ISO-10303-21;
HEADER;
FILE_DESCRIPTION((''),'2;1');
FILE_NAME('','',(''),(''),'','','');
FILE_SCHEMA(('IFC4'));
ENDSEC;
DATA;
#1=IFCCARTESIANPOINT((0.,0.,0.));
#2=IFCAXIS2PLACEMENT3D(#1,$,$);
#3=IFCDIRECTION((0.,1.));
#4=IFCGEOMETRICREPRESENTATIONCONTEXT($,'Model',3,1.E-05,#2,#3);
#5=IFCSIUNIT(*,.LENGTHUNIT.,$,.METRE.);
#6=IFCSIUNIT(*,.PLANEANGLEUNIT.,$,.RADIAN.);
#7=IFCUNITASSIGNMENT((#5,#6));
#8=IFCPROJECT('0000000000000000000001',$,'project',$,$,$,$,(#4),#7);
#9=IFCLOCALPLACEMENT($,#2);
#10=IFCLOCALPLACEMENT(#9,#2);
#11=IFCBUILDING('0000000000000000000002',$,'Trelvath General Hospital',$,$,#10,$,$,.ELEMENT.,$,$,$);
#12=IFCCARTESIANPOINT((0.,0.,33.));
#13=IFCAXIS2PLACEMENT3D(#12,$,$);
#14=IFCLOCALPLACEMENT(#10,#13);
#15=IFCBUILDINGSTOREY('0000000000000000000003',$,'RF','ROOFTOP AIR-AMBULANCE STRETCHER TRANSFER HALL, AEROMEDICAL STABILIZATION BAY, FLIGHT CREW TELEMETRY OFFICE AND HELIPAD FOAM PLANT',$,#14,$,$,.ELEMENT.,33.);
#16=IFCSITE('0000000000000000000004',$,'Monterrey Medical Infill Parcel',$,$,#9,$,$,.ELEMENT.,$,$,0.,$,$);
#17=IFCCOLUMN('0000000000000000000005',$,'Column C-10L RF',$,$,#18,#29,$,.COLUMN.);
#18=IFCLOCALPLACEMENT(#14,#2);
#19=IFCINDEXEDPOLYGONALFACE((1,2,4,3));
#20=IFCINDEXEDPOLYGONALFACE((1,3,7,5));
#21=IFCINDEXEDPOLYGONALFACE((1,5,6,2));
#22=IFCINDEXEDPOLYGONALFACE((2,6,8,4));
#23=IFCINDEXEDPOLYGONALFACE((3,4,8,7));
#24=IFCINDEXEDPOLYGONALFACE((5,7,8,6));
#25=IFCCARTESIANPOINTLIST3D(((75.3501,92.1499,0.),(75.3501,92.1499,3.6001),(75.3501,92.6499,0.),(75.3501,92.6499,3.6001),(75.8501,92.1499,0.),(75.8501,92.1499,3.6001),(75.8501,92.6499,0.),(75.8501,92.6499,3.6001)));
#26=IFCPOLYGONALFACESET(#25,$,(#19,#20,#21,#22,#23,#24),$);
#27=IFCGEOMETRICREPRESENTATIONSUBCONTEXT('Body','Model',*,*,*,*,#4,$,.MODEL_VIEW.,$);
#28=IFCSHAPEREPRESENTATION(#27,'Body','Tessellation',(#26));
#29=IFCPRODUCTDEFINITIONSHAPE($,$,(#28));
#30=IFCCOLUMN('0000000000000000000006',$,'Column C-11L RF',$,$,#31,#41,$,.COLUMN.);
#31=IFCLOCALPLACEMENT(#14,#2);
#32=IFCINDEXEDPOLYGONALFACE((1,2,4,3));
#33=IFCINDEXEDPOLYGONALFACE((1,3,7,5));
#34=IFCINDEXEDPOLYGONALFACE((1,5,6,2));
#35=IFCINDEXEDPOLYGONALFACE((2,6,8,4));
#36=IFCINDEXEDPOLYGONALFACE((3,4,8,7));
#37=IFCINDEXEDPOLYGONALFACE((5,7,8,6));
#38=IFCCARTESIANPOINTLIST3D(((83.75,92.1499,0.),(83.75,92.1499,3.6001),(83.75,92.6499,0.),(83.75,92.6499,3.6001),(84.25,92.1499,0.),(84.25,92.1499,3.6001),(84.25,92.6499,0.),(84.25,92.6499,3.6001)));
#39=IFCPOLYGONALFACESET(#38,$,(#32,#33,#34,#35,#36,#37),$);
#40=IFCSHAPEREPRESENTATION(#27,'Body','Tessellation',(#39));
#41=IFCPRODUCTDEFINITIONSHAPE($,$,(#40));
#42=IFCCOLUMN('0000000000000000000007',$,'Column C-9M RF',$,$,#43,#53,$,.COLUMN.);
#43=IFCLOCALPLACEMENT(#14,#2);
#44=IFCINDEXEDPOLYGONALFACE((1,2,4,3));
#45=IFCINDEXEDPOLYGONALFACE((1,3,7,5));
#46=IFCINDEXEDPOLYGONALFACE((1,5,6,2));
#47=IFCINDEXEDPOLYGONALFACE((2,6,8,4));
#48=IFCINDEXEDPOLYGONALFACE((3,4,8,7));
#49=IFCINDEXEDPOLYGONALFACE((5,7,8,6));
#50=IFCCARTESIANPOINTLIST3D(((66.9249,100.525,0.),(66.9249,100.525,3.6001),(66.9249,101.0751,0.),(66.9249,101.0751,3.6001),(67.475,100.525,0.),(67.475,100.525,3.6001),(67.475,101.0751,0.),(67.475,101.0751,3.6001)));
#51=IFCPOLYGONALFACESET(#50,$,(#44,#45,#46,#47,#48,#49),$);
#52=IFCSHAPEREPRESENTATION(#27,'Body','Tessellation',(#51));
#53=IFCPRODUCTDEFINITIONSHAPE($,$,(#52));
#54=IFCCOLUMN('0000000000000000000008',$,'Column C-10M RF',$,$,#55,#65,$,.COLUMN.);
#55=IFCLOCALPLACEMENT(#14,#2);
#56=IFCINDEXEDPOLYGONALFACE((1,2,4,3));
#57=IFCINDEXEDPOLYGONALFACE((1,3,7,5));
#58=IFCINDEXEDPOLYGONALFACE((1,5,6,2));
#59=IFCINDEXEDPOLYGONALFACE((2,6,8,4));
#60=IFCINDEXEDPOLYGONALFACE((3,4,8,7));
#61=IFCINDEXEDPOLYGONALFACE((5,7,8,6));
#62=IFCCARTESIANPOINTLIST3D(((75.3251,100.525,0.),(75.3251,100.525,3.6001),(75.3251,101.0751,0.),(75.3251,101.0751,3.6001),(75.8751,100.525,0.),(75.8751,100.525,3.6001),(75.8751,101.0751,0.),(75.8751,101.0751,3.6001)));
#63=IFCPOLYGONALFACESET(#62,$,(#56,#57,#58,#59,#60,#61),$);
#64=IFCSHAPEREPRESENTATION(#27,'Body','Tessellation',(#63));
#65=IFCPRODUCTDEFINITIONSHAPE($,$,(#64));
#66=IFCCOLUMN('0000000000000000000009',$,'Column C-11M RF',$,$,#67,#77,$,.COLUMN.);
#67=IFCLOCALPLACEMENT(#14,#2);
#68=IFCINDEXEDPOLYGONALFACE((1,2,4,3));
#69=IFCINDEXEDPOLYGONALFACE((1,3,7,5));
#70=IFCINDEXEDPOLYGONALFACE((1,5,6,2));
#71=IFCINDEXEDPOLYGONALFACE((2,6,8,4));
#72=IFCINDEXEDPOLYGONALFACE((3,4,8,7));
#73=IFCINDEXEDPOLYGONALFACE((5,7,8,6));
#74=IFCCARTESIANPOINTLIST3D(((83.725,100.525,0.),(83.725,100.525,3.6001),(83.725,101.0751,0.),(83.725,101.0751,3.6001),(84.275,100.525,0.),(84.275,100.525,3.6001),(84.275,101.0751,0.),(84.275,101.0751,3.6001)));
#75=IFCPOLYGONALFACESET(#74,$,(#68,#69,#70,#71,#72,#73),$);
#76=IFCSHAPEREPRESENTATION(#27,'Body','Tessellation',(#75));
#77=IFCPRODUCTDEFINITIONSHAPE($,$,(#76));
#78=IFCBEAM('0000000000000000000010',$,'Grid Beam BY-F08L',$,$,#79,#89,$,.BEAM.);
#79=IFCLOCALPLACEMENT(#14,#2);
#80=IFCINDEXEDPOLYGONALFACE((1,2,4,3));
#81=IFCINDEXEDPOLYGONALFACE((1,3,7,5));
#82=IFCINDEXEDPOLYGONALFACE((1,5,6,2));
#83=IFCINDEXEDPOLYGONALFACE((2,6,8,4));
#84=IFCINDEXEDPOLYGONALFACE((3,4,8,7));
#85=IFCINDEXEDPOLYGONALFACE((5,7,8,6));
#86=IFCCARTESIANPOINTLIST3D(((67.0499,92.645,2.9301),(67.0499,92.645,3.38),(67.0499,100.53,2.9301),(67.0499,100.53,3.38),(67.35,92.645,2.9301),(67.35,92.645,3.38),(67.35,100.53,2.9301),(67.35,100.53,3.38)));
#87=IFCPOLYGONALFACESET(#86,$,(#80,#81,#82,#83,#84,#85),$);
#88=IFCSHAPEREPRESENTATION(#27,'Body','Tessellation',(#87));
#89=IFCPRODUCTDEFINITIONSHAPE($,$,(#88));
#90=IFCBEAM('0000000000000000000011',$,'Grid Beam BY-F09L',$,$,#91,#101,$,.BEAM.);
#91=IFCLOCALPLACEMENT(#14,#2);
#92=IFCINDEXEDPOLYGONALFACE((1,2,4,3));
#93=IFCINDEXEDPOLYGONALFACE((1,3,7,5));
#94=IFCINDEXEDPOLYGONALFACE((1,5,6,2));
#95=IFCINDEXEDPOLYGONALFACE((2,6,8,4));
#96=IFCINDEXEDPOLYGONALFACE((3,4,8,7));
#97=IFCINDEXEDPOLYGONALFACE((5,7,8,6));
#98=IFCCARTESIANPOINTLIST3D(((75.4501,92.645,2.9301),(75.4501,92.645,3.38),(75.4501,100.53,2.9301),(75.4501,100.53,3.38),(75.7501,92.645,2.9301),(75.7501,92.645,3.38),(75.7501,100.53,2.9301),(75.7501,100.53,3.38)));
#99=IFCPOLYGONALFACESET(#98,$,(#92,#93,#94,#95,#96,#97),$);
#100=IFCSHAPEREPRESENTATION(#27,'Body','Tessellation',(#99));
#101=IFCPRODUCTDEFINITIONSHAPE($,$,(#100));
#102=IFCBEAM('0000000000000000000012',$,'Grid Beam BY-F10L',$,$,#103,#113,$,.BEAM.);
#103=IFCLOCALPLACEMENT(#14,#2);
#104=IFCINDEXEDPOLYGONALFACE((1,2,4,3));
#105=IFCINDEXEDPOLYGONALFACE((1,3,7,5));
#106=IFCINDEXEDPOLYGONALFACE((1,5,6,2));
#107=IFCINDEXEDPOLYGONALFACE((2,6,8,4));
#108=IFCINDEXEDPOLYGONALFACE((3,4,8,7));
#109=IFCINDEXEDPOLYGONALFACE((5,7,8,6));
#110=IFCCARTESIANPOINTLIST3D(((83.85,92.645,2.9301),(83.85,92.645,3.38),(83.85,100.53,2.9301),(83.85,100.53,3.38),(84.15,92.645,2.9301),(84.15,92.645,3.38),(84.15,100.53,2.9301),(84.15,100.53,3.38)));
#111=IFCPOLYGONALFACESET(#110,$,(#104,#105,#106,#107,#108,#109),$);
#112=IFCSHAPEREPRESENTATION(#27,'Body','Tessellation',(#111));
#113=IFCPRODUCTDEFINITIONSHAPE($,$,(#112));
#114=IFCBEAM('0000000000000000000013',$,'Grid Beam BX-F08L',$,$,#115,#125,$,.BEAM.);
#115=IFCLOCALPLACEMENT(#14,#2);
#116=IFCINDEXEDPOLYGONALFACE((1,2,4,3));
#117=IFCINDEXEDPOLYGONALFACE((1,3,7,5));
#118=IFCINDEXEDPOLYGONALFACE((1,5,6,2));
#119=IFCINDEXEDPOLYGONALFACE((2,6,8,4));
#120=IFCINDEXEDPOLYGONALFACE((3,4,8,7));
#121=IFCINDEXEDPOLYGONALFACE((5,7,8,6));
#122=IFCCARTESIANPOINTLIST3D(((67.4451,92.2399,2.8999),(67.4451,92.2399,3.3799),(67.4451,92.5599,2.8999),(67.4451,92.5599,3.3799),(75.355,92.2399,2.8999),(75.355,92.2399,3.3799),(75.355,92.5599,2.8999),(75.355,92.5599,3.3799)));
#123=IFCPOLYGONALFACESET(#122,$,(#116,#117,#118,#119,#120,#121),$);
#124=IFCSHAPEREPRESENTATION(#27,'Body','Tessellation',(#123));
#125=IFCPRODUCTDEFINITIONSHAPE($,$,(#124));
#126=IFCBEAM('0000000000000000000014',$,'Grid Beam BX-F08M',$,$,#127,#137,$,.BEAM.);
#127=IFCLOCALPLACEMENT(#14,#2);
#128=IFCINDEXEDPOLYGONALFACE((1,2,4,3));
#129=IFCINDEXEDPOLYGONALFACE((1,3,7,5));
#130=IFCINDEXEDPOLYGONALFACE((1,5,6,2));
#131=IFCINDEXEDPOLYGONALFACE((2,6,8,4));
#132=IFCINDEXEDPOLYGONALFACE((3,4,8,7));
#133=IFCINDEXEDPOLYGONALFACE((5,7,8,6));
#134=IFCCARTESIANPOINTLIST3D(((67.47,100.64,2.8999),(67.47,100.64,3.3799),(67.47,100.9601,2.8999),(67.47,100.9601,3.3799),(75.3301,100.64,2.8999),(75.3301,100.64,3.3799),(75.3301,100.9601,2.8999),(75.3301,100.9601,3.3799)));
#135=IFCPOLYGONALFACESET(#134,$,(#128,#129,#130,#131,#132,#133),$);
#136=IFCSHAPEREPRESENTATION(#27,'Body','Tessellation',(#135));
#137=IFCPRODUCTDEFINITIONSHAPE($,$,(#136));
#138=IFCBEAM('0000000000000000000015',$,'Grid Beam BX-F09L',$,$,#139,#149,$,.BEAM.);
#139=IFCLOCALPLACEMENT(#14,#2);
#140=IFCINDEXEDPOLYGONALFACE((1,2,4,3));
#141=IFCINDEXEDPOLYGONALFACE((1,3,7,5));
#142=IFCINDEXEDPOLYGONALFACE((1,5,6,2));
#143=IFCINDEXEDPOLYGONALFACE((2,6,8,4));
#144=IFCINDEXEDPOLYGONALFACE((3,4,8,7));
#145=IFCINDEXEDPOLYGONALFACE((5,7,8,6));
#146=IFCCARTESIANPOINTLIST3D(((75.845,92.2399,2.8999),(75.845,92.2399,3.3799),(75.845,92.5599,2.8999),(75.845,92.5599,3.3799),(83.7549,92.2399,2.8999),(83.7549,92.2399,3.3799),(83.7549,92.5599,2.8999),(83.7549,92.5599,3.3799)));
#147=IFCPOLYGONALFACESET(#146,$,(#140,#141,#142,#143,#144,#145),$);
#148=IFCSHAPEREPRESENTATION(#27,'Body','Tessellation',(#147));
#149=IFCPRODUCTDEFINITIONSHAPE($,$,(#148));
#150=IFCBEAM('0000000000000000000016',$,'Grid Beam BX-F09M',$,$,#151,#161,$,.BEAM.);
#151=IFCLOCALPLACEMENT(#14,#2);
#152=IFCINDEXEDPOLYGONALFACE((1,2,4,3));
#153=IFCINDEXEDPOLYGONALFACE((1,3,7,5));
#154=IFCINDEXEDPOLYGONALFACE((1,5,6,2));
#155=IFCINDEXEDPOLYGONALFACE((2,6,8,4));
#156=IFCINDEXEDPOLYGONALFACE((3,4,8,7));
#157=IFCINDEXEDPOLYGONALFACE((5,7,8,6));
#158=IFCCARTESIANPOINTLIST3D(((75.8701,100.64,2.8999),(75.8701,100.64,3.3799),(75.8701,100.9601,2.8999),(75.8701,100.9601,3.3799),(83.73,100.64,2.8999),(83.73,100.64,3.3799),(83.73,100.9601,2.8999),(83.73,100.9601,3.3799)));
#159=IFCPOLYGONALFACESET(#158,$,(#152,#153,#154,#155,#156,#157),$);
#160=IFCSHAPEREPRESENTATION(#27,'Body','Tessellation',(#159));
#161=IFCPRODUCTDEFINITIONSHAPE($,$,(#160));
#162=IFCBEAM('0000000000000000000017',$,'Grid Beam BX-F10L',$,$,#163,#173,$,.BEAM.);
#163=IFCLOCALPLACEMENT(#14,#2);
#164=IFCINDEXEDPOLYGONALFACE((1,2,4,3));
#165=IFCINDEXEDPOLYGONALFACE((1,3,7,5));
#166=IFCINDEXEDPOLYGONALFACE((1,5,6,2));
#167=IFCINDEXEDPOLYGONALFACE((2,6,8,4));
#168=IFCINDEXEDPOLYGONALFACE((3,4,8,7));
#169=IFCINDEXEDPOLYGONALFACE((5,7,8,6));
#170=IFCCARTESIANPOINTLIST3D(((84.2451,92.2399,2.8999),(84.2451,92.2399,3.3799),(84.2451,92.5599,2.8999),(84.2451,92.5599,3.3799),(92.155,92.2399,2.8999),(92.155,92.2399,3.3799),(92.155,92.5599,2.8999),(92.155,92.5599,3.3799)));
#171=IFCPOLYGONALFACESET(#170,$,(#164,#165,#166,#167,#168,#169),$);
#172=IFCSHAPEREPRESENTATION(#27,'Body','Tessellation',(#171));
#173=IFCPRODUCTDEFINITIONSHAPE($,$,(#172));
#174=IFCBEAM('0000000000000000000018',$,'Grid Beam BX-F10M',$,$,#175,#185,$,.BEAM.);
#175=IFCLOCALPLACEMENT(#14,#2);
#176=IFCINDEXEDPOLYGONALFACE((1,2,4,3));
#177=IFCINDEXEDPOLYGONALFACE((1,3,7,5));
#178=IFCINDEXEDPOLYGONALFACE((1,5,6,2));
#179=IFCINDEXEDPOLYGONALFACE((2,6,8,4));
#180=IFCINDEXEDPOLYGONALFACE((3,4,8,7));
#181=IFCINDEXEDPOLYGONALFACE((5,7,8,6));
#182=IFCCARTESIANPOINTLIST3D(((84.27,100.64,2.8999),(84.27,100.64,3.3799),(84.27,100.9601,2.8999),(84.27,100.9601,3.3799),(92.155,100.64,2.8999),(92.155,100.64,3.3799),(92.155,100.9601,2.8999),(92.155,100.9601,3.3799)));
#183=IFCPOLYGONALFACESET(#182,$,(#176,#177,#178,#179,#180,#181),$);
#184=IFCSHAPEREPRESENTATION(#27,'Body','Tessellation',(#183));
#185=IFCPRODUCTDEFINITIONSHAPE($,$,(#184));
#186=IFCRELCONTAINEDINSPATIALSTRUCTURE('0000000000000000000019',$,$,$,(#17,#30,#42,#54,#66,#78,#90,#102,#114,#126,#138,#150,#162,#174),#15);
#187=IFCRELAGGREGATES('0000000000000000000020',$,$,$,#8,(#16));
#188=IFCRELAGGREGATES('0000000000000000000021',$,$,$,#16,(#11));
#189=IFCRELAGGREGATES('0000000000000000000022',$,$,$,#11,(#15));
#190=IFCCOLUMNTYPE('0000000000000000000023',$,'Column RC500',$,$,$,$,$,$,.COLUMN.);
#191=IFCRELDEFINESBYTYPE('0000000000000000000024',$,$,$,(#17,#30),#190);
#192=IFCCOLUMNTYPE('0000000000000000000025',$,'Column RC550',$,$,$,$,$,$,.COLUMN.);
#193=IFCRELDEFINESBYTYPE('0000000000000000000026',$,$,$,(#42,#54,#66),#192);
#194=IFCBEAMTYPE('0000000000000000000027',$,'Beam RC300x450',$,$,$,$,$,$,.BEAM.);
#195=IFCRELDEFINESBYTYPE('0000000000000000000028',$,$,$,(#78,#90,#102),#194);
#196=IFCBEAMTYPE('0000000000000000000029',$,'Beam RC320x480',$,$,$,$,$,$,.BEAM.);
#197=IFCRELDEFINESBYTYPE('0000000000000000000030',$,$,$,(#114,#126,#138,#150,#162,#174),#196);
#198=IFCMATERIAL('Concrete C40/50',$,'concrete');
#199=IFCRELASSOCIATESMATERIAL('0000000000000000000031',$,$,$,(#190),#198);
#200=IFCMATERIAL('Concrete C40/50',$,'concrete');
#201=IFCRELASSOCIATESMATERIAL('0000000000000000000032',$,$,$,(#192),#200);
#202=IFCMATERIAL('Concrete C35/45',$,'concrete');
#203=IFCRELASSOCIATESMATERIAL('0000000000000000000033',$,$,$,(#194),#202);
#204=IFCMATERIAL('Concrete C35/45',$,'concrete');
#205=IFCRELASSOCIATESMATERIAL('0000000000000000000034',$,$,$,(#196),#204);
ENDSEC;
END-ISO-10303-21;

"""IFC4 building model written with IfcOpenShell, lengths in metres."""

from ifc_helpers import new_model, si_unit, direction, frame, origin, origin_2d, place, context, subcontext, project, spatial, rectangle, extrude, material, material_profile, profile_set, type_object, element, save


model = new_model("IFC4")

# Units and contexts
model_context = context("Model", 3, precision=1e-05, world=origin(), true_north=direction((0.0, 1.0)))
body_context = subcontext(model_context, "Body", "Model", "MODEL_VIEW")
ifc_project = project(units=[si_unit("LENGTHUNIT", "METRE"), si_unit("PLANEANGLEUNIT", "RADIAN")], contexts=[model_context])

# Site, building, storey
site_placement = place(None, origin())
site = spatial("IfcSite", under=ifc_project, at=site_placement, Name="Monterrey Medical Infill Parcel", CompositionType="ELEMENT", RefElevation=0.0)
building_placement = place(site_placement, origin())
building = spatial("IfcBuilding", under=site, at=building_placement, Name="Trelvath General Hospital", CompositionType="ELEMENT")
storey_placement = place(building_placement, frame((0.0, 0.0, 33.0)))
storey = spatial("IfcBuildingStorey", under=building, at=storey_placement, Name="RF", Description="ROOFTOP AIR-AMBULANCE STRETCHER TRANSFER HALL, AEROMEDICAL STABILIZATION BAY, FLIGHT CREW TELEMETRY OFFICE AND HELIPAD FOAM PLANT", CompositionType="ELEMENT", Elevation=33.0)

# Columns
ifc_material_1 = material(Name="Concrete C40/50", Category="concrete")
ifc_material_profile_1 = material_profile(ifc_material_1, rectangle(XDim=0.5, YDim=0.5, at=origin_2d()), Name="RC500x500")
ifc_profile_set_1 = profile_set([ifc_material_profile_1], Name="Concrete C40/50")
column_type_1 = type_object("IfcColumnType", Name="Column RC500", PredefinedType="COLUMN", material=ifc_profile_set_1)
for number, where, z_axis, x_axis, name in (
    (1, (75.6001, 92.3999, 0.0), (0.0, 0.0, 1.0), (1.0, 0.0, 0.0), "Column C-10L RF"),
    (2, (84.0, 92.3999, 0.0), (0.0, 0.0, 1.0), (1.0, 0.0, 0.0), "Column C-11L RF"),
):
    element("IfcColumn", number, at=place(storey_placement, frame(where, z_axis=z_axis, x_axis=x_axis)), inside=storey, type_object=column_type_1, Name=name, PredefinedType="COLUMN", context=body_context, shape_type="SweptSolid", body=[
        extrude(rectangle(XDim=0.5, YDim=0.5, at=origin_2d()), origin(), (0.0, 0.0, 1.0), 3.6001),
    ])
ifc_material_2 = material(Name="Concrete C40/50", Category="concrete")
ifc_material_profile_2 = material_profile(ifc_material_2, rectangle(XDim=0.55, YDim=0.55, at=origin_2d()), Name="RC550x550")
ifc_profile_set_2 = profile_set([ifc_material_profile_2], Name="Concrete C40/50")
column_type_2 = type_object("IfcColumnType", Name="Column RC550", PredefinedType="COLUMN", material=ifc_profile_set_2)
for number, where, z_axis, x_axis, name in (
    (3, (67.2, 100.8, 0.0), (0.0, 0.0, 1.0), (1.0, 0.0, 0.0), "Column C-9M RF"),
    (4, (75.6001, 100.8, 0.0), (0.0, 0.0, 1.0), (1.0, 0.0, 0.0), "Column C-10M RF"),
    (5, (84.0, 100.8, 0.0), (0.0, 0.0, 1.0), (1.0, 0.0, 0.0), "Column C-11M RF"),
):
    element("IfcColumn", number, at=place(storey_placement, frame(where, z_axis=z_axis, x_axis=x_axis)), inside=storey, type_object=column_type_2, Name=name, PredefinedType="COLUMN", context=body_context, shape_type="SweptSolid", body=[
        extrude(rectangle(XDim=0.55, YDim=0.55, at=origin_2d()), origin(), (0.0, 0.0, 1.0), 3.6001),
    ])

# Beams
ifc_material_3 = material(Name="Concrete C35/45", Category="concrete")
ifc_material_profile_3 = material_profile(ifc_material_3, rectangle(XDim=0.3, YDim=0.45, at=origin_2d()), Name="RCB300x450")
ifc_profile_set_3 = profile_set([ifc_material_profile_3], Name="Concrete C35/45")
beam_type_1 = type_object("IfcBeamType", Name="Beam RC300x450", PredefinedType="BEAM", material=ifc_profile_set_3)
for number, where, z_axis, x_axis, name in (
    (6, (67.2, 92.645, 3.155), (0.0, 1.0, 0.0), (-1.0, 0.0, 0.0), "Grid Beam BY-F08L"),
    (7, (75.6001, 92.645, 3.155), (0.0, 1.0, 0.0), (-1.0, 0.0, 0.0), "Grid Beam BY-F09L"),
    (8, (84.0, 92.645, 3.155), (0.0, 1.0, 0.0), (-1.0, 0.0, 0.0), "Grid Beam BY-F10L"),
):
    element("IfcBeam", number, at=place(storey_placement, frame(where, z_axis=z_axis, x_axis=x_axis)), inside=storey, type_object=beam_type_1, Name=name, PredefinedType="BEAM", context=body_context, shape_type="SweptSolid", body=[
        extrude(rectangle(XDim=0.3, YDim=0.45, at=origin_2d()), origin(), (0.0, 0.0, 1.0), 7.885),
    ])
ifc_material_4 = material(Name="Concrete C35/45", Category="concrete")
ifc_material_profile_4 = material_profile(ifc_material_4, rectangle(XDim=0.3201, YDim=0.48, at=origin_2d()), Name="RCB320x480")
ifc_profile_set_4 = profile_set([ifc_material_profile_4], Name="Concrete C35/45")
beam_type_2 = type_object("IfcBeamType", Name="Beam RC320x480", PredefinedType="BEAM", material=ifc_profile_set_4)
beam_1_placement = place(storey_placement, frame((67.4451, 92.3999, 3.1399), z_axis=(1.0, 0.0, 0.0), x_axis=(0.0, 1.0, 0.0)))
element("IfcBeam", 9, at=beam_1_placement, inside=storey, type_object=beam_type_2, Name="Grid Beam BX-F08L", PredefinedType="BEAM", context=body_context, shape_type="SweptSolid", body=[
    extrude(rectangle(XDim=0.3201, YDim=0.48, at=origin_2d()), origin(), (0.0, 0.0, 1.0), 7.9099),
])
beam_2_placement = place(storey_placement, frame((67.47, 100.8, 3.1399), z_axis=(1.0, 0.0, 0.0), x_axis=(0.0, 1.0, 0.0)))
element("IfcBeam", 10, at=beam_2_placement, inside=storey, type_object=beam_type_2, Name="Grid Beam BX-F08M", PredefinedType="BEAM", context=body_context, shape_type="SweptSolid", body=[
    extrude(rectangle(XDim=0.3201, YDim=0.48, at=origin_2d()), origin(), (0.0, 0.0, 1.0), 7.8601),
])
beam_3_placement = place(storey_placement, frame((75.845, 92.3999, 3.1399), z_axis=(1.0, 0.0, 0.0), x_axis=(0.0, 1.0, 0.0)))
element("IfcBeam", 11, at=beam_3_placement, inside=storey, type_object=beam_type_2, Name="Grid Beam BX-F09L", PredefinedType="BEAM", context=body_context, shape_type="SweptSolid", body=[
    extrude(rectangle(XDim=0.3201, YDim=0.48, at=origin_2d()), origin(), (0.0, 0.0, 1.0), 7.9099),
])
beam_4_placement = place(storey_placement, frame((75.8701, 100.8, 3.1399), z_axis=(1.0, 0.0, 0.0), x_axis=(0.0, 1.0, 0.0)))
element("IfcBeam", 12, at=beam_4_placement, inside=storey, type_object=beam_type_2, Name="Grid Beam BX-F09M", PredefinedType="BEAM", context=body_context, shape_type="SweptSolid", body=[
    extrude(rectangle(XDim=0.3201, YDim=0.48, at=origin_2d()), origin(), (0.0, 0.0, 1.0), 7.8599),
])
beam_5_placement = place(storey_placement, frame((84.2451, 92.3999, 3.1399), z_axis=(1.0, 0.0, 0.0), x_axis=(0.0, 1.0, 0.0)))
element("IfcBeam", 13, at=beam_5_placement, inside=storey, type_object=beam_type_2, Name="Grid Beam BX-F10L", PredefinedType="BEAM", context=body_context, shape_type="SweptSolid", body=[
    extrude(rectangle(XDim=0.3201, YDim=0.48, at=origin_2d()), origin(), (0.0, 0.0, 1.0), 7.9099),
])
beam_6_placement = place(storey_placement, frame((84.27, 100.8, 3.1399), z_axis=(1.0, 0.0, 0.0), x_axis=(0.0, 1.0, 0.0)))
element("IfcBeam", 14, at=beam_6_placement, inside=storey, type_object=beam_type_2, Name="Grid Beam BX-F10M", PredefinedType="BEAM", context=body_context, shape_type="SweptSolid", body=[
    extrude(rectangle(XDim=0.3201, YDim=0.48, at=origin_2d()), origin(), (0.0, 0.0, 1.0), 7.885),
])

save(model, "model.ifc")
